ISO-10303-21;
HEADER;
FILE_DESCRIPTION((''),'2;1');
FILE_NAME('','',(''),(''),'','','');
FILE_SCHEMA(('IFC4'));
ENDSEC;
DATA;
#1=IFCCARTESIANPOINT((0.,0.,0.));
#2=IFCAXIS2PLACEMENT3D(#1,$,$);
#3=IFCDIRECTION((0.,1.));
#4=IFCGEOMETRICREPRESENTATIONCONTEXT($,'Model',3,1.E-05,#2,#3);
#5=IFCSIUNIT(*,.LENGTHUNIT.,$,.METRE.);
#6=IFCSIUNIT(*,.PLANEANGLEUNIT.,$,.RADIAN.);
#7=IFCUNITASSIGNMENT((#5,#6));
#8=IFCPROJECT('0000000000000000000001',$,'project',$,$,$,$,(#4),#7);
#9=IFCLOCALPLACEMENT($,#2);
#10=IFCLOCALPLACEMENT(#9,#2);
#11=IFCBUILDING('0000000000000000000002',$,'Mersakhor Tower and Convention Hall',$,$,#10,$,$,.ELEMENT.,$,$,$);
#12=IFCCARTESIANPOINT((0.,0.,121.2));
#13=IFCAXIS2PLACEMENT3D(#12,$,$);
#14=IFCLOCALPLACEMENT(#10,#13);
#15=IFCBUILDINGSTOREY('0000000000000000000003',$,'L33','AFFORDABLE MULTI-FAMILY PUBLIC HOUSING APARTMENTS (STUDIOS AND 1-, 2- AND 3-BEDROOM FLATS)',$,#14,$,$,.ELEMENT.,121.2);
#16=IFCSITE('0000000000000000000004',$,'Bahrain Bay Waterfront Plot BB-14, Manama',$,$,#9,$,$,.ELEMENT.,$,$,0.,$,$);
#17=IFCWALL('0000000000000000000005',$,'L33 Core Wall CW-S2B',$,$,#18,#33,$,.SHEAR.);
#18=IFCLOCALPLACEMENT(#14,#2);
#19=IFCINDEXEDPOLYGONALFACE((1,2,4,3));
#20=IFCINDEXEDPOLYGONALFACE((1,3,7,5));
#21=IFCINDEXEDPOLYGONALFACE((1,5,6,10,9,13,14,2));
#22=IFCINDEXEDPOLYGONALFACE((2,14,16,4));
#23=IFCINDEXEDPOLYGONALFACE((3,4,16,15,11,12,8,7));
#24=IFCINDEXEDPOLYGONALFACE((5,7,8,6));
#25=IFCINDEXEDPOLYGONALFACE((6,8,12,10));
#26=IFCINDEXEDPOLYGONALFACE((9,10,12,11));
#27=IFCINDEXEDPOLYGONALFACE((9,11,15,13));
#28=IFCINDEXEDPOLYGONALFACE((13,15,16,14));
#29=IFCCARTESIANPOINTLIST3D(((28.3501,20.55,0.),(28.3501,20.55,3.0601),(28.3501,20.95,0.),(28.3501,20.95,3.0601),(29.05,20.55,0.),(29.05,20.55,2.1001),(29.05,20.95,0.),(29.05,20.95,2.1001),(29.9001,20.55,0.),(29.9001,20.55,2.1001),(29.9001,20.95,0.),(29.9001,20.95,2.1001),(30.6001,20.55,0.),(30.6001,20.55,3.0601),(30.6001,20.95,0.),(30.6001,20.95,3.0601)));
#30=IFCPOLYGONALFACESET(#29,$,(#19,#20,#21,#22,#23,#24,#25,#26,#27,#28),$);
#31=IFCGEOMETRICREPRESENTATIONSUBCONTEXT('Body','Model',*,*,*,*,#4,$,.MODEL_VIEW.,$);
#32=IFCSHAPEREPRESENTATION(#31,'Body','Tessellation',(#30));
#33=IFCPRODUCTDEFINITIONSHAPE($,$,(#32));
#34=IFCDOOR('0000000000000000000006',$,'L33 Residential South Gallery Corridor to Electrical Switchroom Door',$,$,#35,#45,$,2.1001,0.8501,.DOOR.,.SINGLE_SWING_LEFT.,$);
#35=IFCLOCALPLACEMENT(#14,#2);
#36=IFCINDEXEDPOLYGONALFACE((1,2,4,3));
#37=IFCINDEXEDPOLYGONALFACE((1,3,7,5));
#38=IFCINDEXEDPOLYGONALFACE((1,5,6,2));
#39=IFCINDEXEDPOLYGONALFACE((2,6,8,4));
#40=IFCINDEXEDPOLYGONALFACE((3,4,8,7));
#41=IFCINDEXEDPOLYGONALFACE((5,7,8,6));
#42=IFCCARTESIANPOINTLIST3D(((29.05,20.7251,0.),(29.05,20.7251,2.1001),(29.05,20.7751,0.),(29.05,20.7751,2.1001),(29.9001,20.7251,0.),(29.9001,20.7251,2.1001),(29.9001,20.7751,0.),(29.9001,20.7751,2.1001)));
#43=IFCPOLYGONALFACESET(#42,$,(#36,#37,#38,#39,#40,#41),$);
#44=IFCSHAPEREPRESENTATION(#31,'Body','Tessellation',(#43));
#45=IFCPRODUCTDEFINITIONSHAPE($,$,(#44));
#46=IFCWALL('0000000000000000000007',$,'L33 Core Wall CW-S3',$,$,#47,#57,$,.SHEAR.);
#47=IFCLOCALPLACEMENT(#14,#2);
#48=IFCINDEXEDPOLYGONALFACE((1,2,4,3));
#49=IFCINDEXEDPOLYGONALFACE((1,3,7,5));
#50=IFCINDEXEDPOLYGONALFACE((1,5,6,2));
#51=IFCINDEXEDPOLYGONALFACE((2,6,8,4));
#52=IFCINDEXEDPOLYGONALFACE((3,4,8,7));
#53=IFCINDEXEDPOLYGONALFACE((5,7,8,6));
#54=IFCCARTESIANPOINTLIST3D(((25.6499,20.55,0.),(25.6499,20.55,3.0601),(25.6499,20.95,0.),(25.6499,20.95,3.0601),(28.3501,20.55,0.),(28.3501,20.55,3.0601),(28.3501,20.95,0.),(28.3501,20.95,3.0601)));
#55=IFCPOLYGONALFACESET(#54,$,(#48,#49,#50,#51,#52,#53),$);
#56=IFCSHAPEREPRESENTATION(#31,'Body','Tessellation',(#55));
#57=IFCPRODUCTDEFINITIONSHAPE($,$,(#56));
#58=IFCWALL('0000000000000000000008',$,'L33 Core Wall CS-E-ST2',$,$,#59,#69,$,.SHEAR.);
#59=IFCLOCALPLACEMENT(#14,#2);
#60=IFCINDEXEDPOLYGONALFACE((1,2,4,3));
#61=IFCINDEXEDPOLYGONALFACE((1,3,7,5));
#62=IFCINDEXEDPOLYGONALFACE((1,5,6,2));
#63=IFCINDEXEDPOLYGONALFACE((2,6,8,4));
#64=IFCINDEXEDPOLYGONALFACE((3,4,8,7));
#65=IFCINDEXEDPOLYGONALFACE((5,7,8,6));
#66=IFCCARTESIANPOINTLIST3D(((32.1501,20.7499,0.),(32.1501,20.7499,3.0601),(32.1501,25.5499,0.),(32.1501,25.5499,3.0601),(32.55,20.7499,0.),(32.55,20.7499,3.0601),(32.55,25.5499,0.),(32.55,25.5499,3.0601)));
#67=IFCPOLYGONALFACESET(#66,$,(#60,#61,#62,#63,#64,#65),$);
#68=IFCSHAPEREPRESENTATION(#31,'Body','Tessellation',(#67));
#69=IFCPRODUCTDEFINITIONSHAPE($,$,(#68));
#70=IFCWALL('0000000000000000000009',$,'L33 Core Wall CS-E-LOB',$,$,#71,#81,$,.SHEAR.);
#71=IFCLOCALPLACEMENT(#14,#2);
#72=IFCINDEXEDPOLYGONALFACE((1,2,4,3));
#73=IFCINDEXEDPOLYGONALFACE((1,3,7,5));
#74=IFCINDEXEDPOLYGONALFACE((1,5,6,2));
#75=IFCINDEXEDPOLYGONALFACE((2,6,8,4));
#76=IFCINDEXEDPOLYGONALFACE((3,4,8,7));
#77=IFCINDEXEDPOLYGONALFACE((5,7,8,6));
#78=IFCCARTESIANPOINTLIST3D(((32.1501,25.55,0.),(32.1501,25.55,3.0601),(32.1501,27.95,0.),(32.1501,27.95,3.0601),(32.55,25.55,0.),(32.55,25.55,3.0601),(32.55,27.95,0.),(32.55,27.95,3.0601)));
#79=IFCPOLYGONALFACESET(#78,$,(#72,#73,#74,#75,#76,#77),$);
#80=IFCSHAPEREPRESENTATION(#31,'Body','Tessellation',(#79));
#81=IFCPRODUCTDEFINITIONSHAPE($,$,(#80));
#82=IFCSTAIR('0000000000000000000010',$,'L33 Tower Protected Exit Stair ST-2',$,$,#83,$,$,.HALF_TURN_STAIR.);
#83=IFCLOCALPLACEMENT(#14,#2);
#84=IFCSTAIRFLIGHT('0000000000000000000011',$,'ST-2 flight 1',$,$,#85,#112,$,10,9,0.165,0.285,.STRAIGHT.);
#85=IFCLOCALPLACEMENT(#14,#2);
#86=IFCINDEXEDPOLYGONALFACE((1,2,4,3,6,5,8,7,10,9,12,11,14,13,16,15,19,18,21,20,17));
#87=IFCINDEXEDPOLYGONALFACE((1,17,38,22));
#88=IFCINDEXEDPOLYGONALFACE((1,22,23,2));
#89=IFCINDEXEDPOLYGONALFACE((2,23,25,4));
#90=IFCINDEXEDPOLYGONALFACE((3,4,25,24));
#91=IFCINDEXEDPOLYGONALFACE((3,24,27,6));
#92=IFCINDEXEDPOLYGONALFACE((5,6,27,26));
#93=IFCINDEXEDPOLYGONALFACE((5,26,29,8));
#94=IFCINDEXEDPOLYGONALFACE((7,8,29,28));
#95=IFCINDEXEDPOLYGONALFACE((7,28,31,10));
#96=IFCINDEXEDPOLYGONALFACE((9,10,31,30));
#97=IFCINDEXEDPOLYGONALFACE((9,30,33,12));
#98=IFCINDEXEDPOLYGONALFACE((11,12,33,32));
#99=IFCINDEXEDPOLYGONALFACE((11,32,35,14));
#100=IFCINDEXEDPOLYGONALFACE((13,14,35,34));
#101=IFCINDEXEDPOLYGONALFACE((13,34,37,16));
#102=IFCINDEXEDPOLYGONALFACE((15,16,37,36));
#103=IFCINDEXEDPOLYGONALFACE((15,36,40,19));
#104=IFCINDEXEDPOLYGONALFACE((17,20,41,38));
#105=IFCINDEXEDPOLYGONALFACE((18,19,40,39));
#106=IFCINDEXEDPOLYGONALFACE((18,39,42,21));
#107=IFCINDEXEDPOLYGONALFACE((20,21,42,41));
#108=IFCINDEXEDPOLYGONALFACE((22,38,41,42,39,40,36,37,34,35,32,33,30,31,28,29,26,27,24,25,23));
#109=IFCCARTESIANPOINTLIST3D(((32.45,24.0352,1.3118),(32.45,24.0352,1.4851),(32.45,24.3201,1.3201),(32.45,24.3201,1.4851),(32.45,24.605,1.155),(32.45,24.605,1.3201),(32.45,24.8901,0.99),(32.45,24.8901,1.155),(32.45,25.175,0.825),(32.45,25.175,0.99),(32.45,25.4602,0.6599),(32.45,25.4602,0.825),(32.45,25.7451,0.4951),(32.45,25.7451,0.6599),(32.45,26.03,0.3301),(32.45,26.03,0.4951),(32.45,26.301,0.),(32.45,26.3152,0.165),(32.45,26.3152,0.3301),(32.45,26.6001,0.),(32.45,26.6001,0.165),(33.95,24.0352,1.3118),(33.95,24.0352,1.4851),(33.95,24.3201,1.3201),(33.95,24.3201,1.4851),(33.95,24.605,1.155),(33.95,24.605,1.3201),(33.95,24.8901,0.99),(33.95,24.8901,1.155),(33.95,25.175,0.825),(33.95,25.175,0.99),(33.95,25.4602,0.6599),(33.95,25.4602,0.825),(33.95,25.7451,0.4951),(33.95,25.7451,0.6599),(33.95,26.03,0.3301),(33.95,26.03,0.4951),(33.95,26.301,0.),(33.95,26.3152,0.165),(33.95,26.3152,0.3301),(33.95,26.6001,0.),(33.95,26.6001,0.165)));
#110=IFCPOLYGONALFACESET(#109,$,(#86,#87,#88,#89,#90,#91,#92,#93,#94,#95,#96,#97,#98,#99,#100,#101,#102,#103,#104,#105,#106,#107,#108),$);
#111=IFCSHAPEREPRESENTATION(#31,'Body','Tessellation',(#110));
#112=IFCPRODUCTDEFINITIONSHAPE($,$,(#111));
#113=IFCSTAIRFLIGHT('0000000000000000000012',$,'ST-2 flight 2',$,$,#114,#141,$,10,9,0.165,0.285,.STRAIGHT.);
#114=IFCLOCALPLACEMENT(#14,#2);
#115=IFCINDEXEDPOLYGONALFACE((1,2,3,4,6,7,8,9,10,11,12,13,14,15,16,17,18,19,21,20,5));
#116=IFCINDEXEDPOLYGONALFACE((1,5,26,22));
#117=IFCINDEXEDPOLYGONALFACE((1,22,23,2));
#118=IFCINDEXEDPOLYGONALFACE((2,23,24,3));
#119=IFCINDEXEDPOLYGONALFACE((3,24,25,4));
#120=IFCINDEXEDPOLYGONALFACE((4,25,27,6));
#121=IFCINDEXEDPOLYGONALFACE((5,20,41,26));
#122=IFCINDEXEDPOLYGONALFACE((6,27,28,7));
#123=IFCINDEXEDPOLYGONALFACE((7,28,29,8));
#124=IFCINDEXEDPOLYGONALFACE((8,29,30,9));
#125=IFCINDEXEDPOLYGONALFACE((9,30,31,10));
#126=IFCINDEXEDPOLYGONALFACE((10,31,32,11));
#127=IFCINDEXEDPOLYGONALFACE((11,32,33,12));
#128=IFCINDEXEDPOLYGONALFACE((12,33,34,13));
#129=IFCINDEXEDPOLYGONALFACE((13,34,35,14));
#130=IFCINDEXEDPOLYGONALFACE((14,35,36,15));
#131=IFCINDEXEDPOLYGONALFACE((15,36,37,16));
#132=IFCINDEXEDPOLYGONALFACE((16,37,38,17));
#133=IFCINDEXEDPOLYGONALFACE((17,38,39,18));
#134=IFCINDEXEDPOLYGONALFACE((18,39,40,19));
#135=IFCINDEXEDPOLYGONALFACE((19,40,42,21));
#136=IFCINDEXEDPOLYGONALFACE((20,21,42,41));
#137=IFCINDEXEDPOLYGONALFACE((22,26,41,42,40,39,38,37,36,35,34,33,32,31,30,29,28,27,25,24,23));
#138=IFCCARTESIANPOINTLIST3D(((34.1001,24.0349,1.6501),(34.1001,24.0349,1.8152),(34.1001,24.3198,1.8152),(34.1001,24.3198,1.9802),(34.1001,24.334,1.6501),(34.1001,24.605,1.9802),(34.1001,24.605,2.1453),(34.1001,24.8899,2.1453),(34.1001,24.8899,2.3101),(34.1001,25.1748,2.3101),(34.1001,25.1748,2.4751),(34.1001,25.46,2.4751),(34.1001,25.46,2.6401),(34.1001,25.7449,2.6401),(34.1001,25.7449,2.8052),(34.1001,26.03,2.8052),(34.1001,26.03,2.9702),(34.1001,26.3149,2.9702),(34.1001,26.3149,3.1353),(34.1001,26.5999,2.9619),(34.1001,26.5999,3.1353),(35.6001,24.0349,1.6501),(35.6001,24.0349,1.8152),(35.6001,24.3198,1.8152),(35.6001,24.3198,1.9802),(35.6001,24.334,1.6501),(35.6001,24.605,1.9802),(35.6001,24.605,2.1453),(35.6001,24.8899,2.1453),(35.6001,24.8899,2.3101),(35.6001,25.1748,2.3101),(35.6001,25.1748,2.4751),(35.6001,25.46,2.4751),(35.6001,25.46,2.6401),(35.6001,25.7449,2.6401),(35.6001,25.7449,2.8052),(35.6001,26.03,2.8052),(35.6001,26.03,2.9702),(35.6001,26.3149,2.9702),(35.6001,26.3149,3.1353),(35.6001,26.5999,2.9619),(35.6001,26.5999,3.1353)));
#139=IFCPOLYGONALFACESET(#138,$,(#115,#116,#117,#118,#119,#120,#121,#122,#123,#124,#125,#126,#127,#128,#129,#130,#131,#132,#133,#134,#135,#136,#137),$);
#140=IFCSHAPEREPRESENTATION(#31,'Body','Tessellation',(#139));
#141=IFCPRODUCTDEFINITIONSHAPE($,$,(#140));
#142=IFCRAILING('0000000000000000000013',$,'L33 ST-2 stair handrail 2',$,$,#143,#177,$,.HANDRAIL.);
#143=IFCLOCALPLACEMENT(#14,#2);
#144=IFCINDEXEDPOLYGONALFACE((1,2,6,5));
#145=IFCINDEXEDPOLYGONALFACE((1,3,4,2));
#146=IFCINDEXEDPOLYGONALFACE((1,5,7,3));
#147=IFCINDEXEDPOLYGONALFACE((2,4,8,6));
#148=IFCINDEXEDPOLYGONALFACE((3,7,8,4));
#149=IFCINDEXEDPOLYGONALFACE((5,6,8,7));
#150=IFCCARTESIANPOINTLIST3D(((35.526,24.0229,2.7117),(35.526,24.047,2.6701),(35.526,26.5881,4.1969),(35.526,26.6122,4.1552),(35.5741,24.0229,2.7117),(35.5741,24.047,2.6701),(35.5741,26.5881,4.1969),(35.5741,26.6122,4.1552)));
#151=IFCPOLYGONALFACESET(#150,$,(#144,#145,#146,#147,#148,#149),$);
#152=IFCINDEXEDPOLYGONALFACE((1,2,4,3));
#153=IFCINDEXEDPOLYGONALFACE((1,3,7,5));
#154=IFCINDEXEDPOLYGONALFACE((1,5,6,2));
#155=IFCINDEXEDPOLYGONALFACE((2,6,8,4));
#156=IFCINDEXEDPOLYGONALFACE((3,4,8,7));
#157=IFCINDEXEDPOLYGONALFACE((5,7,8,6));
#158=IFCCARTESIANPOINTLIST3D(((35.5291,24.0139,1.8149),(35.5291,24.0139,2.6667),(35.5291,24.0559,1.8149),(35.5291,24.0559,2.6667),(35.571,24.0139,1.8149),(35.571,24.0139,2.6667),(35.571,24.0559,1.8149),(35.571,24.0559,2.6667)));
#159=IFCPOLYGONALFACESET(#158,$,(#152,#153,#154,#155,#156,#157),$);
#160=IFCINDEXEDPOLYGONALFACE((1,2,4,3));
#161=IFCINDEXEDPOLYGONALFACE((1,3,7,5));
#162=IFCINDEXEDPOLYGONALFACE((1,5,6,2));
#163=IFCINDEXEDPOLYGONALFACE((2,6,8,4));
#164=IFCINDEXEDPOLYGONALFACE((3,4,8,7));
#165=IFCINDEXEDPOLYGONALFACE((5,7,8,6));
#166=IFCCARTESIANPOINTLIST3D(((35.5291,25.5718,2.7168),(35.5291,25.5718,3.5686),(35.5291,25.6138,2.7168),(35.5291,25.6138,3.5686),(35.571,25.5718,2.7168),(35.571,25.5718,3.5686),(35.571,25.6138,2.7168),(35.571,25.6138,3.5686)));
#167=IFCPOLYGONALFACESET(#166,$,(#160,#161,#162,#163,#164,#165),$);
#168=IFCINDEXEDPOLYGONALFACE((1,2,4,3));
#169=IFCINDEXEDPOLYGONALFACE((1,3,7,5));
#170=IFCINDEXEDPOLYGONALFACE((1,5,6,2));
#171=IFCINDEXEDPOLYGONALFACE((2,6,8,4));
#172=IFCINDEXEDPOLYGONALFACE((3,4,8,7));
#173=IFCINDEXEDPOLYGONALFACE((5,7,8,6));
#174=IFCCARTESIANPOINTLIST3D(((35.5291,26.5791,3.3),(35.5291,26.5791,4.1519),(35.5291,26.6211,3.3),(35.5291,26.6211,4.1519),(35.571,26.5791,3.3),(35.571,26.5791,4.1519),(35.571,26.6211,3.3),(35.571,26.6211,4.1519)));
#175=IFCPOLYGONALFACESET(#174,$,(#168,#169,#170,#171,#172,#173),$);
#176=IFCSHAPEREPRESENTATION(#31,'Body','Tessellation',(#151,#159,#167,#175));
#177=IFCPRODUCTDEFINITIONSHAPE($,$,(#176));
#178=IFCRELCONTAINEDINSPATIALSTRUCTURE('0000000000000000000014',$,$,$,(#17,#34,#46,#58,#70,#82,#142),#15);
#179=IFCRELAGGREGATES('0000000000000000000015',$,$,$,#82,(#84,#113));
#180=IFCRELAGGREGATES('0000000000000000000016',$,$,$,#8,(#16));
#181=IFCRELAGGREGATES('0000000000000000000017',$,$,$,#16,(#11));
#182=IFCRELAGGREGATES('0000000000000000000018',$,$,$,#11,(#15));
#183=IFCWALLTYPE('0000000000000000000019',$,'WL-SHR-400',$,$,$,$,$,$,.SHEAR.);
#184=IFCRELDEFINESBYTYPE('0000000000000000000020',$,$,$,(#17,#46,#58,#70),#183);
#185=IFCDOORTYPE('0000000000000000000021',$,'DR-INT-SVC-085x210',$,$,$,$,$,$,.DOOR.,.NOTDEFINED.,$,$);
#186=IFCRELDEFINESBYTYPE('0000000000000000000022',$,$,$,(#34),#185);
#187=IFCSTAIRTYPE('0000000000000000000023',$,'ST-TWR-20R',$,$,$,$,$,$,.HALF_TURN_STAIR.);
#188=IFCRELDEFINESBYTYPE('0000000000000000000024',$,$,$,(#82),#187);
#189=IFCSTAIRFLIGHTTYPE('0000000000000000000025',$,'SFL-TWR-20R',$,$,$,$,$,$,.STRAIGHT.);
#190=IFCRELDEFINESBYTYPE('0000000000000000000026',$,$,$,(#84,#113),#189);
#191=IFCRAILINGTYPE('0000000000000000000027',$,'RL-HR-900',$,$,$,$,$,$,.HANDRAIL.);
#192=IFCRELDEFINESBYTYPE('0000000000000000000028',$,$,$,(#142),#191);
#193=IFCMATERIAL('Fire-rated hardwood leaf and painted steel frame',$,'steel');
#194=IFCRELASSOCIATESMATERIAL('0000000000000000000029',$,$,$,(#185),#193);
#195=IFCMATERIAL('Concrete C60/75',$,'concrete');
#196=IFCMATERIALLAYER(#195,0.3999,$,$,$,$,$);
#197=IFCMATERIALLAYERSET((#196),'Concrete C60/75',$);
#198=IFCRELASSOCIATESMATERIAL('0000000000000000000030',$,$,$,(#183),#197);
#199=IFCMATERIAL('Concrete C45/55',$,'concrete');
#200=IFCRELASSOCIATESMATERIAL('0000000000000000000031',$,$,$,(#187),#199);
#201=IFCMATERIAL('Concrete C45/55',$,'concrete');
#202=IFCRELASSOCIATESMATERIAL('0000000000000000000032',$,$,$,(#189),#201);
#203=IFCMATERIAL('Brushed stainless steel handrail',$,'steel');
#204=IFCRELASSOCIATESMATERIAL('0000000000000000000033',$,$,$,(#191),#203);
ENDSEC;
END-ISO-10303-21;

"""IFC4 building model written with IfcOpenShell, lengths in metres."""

from ifc_helpers import new_model, si_unit, direction, frame, frame_2d, origin, origin_2d, place, context, subcontext, project, spatial, polyline, rectangle, outline, extrude, material, layer, layer_set, type_object, element, fill, aggregate, save


model = new_model("IFC4")

# Units and contexts
model_context = context("Model", 3, precision=1e-05, world=origin(), true_north=direction((0.0, 1.0)))
body_context = subcontext(model_context, "Body", "Model", "MODEL_VIEW")
ifc_project = project(units=[si_unit("LENGTHUNIT", "METRE"), si_unit("PLANEANGLEUNIT", "RADIAN")], contexts=[model_context])

# Site, building, storey
site_placement = place(None, origin())
site = spatial("IfcSite", under=ifc_project, at=site_placement, Name="Bahrain Bay Waterfront Plot BB-14, Manama", CompositionType="ELEMENT", RefElevation=0.0)
building_placement = place(site_placement, origin())
building = spatial("IfcBuilding", under=site, at=building_placement, Name="Mersakhor Tower and Convention Hall", CompositionType="ELEMENT")
storey_placement = place(building_placement, frame((0.0, 0.0, 121.2)))
storey = spatial("IfcBuildingStorey", under=building, at=storey_placement, Name="L33", Description="AFFORDABLE MULTI-FAMILY PUBLIC HOUSING APARTMENTS (STUDIOS AND 1-, 2- AND 3-BEDROOM FLATS)", CompositionType="ELEMENT", Elevation=121.2)

# Shared definitions
ifc_material_1 = material(Name="Fire-rated hardwood leaf and painted steel frame", Category="steel")
door_type_1 = type_object("IfcDoorType", Name="DR-INT-SVC-085x210", OperationType="NOTDEFINED", PredefinedType="DOOR", material=ifc_material_1)

# Shared definitions
ifc_material_2 = material(Name="Concrete C60/75", Category="concrete")
ifc_layer_1 = layer(ifc_material_2, 0.3999)
ifc_layer_set_1 = layer_set([ifc_layer_1], Name="Concrete C60/75")
wall_type_1 = type_object("IfcWallType", Name="WL-SHR-400", PredefinedType="SHEAR", material=ifc_layer_set_1)

# Wall, opening, door
wall_1_placement = place(storey_placement, frame((30.6001, 20.75, 0.0), z_axis=(0.0, 0.0, 1.0), x_axis=(-1.0, 0.0, 0.0)))
wall_1 = element("IfcWall", 1, at=wall_1_placement, inside=storey, type_object=wall_type_1, Name="L33 Core Wall CW-S2B", PredefinedType="SHEAR", context=body_context, shape_type="SweptSolid", body=[
    extrude(rectangle(XDim=2.25, YDim=0.3999, at=frame_2d((1.125, 0.0))), origin(), (0.0, 0.0, 1.0), 3.0601),
])
opening_1_placement = place(wall_1_placement, frame((0.7, 0.0, 0.0)))
opening_1 = element("IfcOpeningElement", 2, at=opening_1_placement, cuts=wall_1, PredefinedType="OPENING", context=body_context, shape_type="SweptSolid", body=[
    extrude(rectangle(XDim=0.8501, YDim=2.1001, at=frame_2d((0.425, 1.05))), frame((0.0, 0.21, 0.0), z_axis=(0.0, -1.0, 0.0), x_axis=(1.0, 0.0, 0.0)), (0.0, 0.0, 1.0), 0.4199),
])
door_1_placement = place(opening_1_placement, origin())
door_1 = element("IfcDoor", 3, at=door_1_placement, inside=storey, type_object=door_type_1, Name="L33 Residential South Gallery Corridor to Electrical Switchroom Door", OperationType="SINGLE_SWING_LEFT", OverallHeight=2.1001, OverallWidth=0.8501, PredefinedType="DOOR", context=body_context, shape_type="SweptSolid", body=[
    extrude(rectangle(XDim=0.8501, YDim=2.1001, at=frame_2d((0.425, 1.05))), frame((0.0, 0.0249, 0.0), z_axis=(0.0, -1.0, 0.0), x_axis=(1.0, 0.0, 0.0)), (0.0, 0.0, 1.0), 0.05),
])
fill(opening_1, door_1)

# Walls
wall_2_placement = place(storey_placement, frame((28.3501, 20.75, 0.0), z_axis=(0.0, 0.0, 1.0), x_axis=(-1.0, 0.0, 0.0)))
element("IfcWall", 4, at=wall_2_placement, inside=storey, type_object=wall_type_1, Name="L33 Core Wall CW-S3", PredefinedType="SHEAR", context=body_context, shape_type="SweptSolid", body=[
    extrude(rectangle(XDim=2.7002, YDim=0.3999, at=frame_2d((1.3501, 0.0))), origin(), (0.0, 0.0, 1.0), 3.0601),
])
wall_3_placement = place(storey_placement, frame((32.3501, 20.75, 0.0), z_axis=(0.0, 0.0, 1.0), x_axis=(0.0, 1.0, 0.0)))
element("IfcWall", 5, at=wall_3_placement, inside=storey, type_object=wall_type_1, Name="L33 Core Wall CS-E-ST2", PredefinedType="SHEAR", context=body_context, shape_type="SweptSolid", body=[
    extrude(rectangle(XDim=4.8, YDim=0.3999, at=frame_2d((2.3999, 0.0))), origin(), (0.0, 0.0, 1.0), 3.0601),
])
wall_4_placement = place(storey_placement, frame((32.3501, 25.55, 0.0), z_axis=(0.0, 0.0, 1.0), x_axis=(0.0, 1.0, 0.0)))
element("IfcWall", 6, at=wall_4_placement, inside=storey, type_object=wall_type_1, Name="L33 Core Wall CS-E-LOB", PredefinedType="SHEAR", context=body_context, shape_type="SweptSolid", body=[
    extrude(rectangle(XDim=2.3999, YDim=0.3999, at=frame_2d((1.2, 0.0))), origin(), (0.0, 0.0, 1.0), 3.0601),
])

# Stair, stair flights
ifc_material_3 = material(Name="Concrete C45/55", Category="concrete")
stair_type = type_object("IfcStairType", Name="ST-TWR-20R", PredefinedType="HALF_TURN_STAIR", material=ifc_material_3)
stair_placement = place(storey_placement, origin())
stair = element("IfcStair", 7, at=stair_placement, inside=storey, type_object=stair_type, Name="L33 Tower Protected Exit Stair ST-2", PredefinedType="HALF_TURN_STAIR")
ifc_material_4 = material(Name="Concrete C45/55", Category="concrete")
stair_flight_type = type_object("IfcStairFlightType", Name="SFL-TWR-20R", PredefinedType="STRAIGHT", material=ifc_material_4)
stair_flight_1_placement = place(storey_placement, frame((33.2, 26.6001, 0.0), z_axis=(0.0, 0.0, 1.0), x_axis=(0.0, -1.0, 0.0)))
stair_flight_1 = element("IfcStairFlight", 8, at=stair_flight_1_placement, type_object=stair_flight_type, Name="ST-2 flight 1", NumberOfRisers=10, NumberOfTreads=9, PredefinedType="STRAIGHT", RiserHeight=0.165, TreadLength=0.285, context=body_context, shape_type="SweptSolid", body=[
    extrude(outline(polyline([(0.0, 0.0), (0.0, 0.165), (0.2849, 0.165), (0.2849, 0.3301), (0.5701, 0.3301), (0.5701, 0.4951), (0.855, 0.4951), (0.855, 0.6599), (1.1399, 0.6599), (1.1399, 0.825), (1.425, 0.825), (1.425, 0.99), (1.71, 0.99), (1.71, 1.155), (1.9951, 1.155), (1.9951, 1.3201), (2.28, 1.3201), (2.28, 1.4851), (2.5649, 1.4851), (2.5649, 1.6499), (2.5649, 1.3118), (0.2991, 0.0), (0.0, 0.0)])), frame((0.0, 0.75, 0.0), z_axis=(0.0, -1.0, 0.0), x_axis=(1.0, 0.0, 0.0)), (0.0, 0.0, 1.0), 1.5),
])
stair_flight_2_placement = place(storey_placement, frame((34.8501, 24.0349, 1.6501), z_axis=(0.0, 0.0, 1.0), x_axis=(0.0, 1.0, 0.0)))
stair_flight_2 = element("IfcStairFlight", 9, at=stair_flight_2_placement, type_object=stair_flight_type, Name="ST-2 flight 2", NumberOfRisers=10, NumberOfTreads=9, PredefinedType="STRAIGHT", RiserHeight=0.165, TreadLength=0.285, context=body_context, shape_type="SweptSolid", body=[
    extrude(outline(polyline([(0.0, 0.0), (0.0, 0.165), (0.2849, 0.165), (0.2849, 0.3301), (0.5701, 0.3301), (0.5701, 0.4951), (0.855, 0.4951), (0.855, 0.6599), (1.1399, 0.6599), (1.1399, 0.825), (1.425, 0.825), (1.425, 0.99), (1.71, 0.99), (1.71, 1.155), (1.9951, 1.155), (1.9951, 1.3201), (2.28, 1.3201), (2.28, 1.4851), (2.5649, 1.4851), (2.5649, 1.6499), (2.5649, 1.3118), (0.2991, 0.0), (0.0, 0.0)])), frame((0.0, 0.75, 0.0), z_axis=(0.0, -1.0, 0.0), x_axis=(1.0, 0.0, 0.0)), (0.0, 0.0, 1.0), 1.5),
])
aggregate(stair, [stair_flight_1, stair_flight_2])

# Railing
ifc_material_5 = material(Name="Brushed stainless steel handrail", Category="steel")
railing_type_1 = type_object("IfcRailingType", Name="RL-HR-900", PredefinedType="HANDRAIL", material=ifc_material_5)
railing_1_placement = place(storey_placement, frame((35.55, 24.0349, 1.8149)))
element("IfcRailing", 10, at=railing_1_placement, inside=storey, type_object=railing_type_1, Name="L33 ST-2 stair handrail 2", PredefinedType="HANDRAIL", context=body_context, shape_type="SweptSolid", body=[
    extrude(rectangle(XDim=0.0481, YDim=0.0481, at=origin_2d()), frame((0.0, 0.0, 0.876), z_axis=(0.0, 0.865426, 0.501036), x_axis=(-1.0, 0.0, 0.0)), (0.0, 0.0, 1.0), 2.9641),
    extrude(rectangle(XDim=0.042, YDim=0.042, at=origin_2d()), origin(), (0.0, 0.0, 1.0), 0.8518),
    extrude(rectangle(XDim=0.042, YDim=0.042, at=origin_2d()), frame((0.0, 1.5579, 0.9019)), (0.0, 0.0, 1.0), 0.8518),
    extrude(rectangle(XDim=0.042, YDim=0.042, at=origin_2d()), frame((0.0, 2.5652, 1.4851)), (0.0, 0.0, 1.0), 0.8518),
])

save(model, "model.ifc")
